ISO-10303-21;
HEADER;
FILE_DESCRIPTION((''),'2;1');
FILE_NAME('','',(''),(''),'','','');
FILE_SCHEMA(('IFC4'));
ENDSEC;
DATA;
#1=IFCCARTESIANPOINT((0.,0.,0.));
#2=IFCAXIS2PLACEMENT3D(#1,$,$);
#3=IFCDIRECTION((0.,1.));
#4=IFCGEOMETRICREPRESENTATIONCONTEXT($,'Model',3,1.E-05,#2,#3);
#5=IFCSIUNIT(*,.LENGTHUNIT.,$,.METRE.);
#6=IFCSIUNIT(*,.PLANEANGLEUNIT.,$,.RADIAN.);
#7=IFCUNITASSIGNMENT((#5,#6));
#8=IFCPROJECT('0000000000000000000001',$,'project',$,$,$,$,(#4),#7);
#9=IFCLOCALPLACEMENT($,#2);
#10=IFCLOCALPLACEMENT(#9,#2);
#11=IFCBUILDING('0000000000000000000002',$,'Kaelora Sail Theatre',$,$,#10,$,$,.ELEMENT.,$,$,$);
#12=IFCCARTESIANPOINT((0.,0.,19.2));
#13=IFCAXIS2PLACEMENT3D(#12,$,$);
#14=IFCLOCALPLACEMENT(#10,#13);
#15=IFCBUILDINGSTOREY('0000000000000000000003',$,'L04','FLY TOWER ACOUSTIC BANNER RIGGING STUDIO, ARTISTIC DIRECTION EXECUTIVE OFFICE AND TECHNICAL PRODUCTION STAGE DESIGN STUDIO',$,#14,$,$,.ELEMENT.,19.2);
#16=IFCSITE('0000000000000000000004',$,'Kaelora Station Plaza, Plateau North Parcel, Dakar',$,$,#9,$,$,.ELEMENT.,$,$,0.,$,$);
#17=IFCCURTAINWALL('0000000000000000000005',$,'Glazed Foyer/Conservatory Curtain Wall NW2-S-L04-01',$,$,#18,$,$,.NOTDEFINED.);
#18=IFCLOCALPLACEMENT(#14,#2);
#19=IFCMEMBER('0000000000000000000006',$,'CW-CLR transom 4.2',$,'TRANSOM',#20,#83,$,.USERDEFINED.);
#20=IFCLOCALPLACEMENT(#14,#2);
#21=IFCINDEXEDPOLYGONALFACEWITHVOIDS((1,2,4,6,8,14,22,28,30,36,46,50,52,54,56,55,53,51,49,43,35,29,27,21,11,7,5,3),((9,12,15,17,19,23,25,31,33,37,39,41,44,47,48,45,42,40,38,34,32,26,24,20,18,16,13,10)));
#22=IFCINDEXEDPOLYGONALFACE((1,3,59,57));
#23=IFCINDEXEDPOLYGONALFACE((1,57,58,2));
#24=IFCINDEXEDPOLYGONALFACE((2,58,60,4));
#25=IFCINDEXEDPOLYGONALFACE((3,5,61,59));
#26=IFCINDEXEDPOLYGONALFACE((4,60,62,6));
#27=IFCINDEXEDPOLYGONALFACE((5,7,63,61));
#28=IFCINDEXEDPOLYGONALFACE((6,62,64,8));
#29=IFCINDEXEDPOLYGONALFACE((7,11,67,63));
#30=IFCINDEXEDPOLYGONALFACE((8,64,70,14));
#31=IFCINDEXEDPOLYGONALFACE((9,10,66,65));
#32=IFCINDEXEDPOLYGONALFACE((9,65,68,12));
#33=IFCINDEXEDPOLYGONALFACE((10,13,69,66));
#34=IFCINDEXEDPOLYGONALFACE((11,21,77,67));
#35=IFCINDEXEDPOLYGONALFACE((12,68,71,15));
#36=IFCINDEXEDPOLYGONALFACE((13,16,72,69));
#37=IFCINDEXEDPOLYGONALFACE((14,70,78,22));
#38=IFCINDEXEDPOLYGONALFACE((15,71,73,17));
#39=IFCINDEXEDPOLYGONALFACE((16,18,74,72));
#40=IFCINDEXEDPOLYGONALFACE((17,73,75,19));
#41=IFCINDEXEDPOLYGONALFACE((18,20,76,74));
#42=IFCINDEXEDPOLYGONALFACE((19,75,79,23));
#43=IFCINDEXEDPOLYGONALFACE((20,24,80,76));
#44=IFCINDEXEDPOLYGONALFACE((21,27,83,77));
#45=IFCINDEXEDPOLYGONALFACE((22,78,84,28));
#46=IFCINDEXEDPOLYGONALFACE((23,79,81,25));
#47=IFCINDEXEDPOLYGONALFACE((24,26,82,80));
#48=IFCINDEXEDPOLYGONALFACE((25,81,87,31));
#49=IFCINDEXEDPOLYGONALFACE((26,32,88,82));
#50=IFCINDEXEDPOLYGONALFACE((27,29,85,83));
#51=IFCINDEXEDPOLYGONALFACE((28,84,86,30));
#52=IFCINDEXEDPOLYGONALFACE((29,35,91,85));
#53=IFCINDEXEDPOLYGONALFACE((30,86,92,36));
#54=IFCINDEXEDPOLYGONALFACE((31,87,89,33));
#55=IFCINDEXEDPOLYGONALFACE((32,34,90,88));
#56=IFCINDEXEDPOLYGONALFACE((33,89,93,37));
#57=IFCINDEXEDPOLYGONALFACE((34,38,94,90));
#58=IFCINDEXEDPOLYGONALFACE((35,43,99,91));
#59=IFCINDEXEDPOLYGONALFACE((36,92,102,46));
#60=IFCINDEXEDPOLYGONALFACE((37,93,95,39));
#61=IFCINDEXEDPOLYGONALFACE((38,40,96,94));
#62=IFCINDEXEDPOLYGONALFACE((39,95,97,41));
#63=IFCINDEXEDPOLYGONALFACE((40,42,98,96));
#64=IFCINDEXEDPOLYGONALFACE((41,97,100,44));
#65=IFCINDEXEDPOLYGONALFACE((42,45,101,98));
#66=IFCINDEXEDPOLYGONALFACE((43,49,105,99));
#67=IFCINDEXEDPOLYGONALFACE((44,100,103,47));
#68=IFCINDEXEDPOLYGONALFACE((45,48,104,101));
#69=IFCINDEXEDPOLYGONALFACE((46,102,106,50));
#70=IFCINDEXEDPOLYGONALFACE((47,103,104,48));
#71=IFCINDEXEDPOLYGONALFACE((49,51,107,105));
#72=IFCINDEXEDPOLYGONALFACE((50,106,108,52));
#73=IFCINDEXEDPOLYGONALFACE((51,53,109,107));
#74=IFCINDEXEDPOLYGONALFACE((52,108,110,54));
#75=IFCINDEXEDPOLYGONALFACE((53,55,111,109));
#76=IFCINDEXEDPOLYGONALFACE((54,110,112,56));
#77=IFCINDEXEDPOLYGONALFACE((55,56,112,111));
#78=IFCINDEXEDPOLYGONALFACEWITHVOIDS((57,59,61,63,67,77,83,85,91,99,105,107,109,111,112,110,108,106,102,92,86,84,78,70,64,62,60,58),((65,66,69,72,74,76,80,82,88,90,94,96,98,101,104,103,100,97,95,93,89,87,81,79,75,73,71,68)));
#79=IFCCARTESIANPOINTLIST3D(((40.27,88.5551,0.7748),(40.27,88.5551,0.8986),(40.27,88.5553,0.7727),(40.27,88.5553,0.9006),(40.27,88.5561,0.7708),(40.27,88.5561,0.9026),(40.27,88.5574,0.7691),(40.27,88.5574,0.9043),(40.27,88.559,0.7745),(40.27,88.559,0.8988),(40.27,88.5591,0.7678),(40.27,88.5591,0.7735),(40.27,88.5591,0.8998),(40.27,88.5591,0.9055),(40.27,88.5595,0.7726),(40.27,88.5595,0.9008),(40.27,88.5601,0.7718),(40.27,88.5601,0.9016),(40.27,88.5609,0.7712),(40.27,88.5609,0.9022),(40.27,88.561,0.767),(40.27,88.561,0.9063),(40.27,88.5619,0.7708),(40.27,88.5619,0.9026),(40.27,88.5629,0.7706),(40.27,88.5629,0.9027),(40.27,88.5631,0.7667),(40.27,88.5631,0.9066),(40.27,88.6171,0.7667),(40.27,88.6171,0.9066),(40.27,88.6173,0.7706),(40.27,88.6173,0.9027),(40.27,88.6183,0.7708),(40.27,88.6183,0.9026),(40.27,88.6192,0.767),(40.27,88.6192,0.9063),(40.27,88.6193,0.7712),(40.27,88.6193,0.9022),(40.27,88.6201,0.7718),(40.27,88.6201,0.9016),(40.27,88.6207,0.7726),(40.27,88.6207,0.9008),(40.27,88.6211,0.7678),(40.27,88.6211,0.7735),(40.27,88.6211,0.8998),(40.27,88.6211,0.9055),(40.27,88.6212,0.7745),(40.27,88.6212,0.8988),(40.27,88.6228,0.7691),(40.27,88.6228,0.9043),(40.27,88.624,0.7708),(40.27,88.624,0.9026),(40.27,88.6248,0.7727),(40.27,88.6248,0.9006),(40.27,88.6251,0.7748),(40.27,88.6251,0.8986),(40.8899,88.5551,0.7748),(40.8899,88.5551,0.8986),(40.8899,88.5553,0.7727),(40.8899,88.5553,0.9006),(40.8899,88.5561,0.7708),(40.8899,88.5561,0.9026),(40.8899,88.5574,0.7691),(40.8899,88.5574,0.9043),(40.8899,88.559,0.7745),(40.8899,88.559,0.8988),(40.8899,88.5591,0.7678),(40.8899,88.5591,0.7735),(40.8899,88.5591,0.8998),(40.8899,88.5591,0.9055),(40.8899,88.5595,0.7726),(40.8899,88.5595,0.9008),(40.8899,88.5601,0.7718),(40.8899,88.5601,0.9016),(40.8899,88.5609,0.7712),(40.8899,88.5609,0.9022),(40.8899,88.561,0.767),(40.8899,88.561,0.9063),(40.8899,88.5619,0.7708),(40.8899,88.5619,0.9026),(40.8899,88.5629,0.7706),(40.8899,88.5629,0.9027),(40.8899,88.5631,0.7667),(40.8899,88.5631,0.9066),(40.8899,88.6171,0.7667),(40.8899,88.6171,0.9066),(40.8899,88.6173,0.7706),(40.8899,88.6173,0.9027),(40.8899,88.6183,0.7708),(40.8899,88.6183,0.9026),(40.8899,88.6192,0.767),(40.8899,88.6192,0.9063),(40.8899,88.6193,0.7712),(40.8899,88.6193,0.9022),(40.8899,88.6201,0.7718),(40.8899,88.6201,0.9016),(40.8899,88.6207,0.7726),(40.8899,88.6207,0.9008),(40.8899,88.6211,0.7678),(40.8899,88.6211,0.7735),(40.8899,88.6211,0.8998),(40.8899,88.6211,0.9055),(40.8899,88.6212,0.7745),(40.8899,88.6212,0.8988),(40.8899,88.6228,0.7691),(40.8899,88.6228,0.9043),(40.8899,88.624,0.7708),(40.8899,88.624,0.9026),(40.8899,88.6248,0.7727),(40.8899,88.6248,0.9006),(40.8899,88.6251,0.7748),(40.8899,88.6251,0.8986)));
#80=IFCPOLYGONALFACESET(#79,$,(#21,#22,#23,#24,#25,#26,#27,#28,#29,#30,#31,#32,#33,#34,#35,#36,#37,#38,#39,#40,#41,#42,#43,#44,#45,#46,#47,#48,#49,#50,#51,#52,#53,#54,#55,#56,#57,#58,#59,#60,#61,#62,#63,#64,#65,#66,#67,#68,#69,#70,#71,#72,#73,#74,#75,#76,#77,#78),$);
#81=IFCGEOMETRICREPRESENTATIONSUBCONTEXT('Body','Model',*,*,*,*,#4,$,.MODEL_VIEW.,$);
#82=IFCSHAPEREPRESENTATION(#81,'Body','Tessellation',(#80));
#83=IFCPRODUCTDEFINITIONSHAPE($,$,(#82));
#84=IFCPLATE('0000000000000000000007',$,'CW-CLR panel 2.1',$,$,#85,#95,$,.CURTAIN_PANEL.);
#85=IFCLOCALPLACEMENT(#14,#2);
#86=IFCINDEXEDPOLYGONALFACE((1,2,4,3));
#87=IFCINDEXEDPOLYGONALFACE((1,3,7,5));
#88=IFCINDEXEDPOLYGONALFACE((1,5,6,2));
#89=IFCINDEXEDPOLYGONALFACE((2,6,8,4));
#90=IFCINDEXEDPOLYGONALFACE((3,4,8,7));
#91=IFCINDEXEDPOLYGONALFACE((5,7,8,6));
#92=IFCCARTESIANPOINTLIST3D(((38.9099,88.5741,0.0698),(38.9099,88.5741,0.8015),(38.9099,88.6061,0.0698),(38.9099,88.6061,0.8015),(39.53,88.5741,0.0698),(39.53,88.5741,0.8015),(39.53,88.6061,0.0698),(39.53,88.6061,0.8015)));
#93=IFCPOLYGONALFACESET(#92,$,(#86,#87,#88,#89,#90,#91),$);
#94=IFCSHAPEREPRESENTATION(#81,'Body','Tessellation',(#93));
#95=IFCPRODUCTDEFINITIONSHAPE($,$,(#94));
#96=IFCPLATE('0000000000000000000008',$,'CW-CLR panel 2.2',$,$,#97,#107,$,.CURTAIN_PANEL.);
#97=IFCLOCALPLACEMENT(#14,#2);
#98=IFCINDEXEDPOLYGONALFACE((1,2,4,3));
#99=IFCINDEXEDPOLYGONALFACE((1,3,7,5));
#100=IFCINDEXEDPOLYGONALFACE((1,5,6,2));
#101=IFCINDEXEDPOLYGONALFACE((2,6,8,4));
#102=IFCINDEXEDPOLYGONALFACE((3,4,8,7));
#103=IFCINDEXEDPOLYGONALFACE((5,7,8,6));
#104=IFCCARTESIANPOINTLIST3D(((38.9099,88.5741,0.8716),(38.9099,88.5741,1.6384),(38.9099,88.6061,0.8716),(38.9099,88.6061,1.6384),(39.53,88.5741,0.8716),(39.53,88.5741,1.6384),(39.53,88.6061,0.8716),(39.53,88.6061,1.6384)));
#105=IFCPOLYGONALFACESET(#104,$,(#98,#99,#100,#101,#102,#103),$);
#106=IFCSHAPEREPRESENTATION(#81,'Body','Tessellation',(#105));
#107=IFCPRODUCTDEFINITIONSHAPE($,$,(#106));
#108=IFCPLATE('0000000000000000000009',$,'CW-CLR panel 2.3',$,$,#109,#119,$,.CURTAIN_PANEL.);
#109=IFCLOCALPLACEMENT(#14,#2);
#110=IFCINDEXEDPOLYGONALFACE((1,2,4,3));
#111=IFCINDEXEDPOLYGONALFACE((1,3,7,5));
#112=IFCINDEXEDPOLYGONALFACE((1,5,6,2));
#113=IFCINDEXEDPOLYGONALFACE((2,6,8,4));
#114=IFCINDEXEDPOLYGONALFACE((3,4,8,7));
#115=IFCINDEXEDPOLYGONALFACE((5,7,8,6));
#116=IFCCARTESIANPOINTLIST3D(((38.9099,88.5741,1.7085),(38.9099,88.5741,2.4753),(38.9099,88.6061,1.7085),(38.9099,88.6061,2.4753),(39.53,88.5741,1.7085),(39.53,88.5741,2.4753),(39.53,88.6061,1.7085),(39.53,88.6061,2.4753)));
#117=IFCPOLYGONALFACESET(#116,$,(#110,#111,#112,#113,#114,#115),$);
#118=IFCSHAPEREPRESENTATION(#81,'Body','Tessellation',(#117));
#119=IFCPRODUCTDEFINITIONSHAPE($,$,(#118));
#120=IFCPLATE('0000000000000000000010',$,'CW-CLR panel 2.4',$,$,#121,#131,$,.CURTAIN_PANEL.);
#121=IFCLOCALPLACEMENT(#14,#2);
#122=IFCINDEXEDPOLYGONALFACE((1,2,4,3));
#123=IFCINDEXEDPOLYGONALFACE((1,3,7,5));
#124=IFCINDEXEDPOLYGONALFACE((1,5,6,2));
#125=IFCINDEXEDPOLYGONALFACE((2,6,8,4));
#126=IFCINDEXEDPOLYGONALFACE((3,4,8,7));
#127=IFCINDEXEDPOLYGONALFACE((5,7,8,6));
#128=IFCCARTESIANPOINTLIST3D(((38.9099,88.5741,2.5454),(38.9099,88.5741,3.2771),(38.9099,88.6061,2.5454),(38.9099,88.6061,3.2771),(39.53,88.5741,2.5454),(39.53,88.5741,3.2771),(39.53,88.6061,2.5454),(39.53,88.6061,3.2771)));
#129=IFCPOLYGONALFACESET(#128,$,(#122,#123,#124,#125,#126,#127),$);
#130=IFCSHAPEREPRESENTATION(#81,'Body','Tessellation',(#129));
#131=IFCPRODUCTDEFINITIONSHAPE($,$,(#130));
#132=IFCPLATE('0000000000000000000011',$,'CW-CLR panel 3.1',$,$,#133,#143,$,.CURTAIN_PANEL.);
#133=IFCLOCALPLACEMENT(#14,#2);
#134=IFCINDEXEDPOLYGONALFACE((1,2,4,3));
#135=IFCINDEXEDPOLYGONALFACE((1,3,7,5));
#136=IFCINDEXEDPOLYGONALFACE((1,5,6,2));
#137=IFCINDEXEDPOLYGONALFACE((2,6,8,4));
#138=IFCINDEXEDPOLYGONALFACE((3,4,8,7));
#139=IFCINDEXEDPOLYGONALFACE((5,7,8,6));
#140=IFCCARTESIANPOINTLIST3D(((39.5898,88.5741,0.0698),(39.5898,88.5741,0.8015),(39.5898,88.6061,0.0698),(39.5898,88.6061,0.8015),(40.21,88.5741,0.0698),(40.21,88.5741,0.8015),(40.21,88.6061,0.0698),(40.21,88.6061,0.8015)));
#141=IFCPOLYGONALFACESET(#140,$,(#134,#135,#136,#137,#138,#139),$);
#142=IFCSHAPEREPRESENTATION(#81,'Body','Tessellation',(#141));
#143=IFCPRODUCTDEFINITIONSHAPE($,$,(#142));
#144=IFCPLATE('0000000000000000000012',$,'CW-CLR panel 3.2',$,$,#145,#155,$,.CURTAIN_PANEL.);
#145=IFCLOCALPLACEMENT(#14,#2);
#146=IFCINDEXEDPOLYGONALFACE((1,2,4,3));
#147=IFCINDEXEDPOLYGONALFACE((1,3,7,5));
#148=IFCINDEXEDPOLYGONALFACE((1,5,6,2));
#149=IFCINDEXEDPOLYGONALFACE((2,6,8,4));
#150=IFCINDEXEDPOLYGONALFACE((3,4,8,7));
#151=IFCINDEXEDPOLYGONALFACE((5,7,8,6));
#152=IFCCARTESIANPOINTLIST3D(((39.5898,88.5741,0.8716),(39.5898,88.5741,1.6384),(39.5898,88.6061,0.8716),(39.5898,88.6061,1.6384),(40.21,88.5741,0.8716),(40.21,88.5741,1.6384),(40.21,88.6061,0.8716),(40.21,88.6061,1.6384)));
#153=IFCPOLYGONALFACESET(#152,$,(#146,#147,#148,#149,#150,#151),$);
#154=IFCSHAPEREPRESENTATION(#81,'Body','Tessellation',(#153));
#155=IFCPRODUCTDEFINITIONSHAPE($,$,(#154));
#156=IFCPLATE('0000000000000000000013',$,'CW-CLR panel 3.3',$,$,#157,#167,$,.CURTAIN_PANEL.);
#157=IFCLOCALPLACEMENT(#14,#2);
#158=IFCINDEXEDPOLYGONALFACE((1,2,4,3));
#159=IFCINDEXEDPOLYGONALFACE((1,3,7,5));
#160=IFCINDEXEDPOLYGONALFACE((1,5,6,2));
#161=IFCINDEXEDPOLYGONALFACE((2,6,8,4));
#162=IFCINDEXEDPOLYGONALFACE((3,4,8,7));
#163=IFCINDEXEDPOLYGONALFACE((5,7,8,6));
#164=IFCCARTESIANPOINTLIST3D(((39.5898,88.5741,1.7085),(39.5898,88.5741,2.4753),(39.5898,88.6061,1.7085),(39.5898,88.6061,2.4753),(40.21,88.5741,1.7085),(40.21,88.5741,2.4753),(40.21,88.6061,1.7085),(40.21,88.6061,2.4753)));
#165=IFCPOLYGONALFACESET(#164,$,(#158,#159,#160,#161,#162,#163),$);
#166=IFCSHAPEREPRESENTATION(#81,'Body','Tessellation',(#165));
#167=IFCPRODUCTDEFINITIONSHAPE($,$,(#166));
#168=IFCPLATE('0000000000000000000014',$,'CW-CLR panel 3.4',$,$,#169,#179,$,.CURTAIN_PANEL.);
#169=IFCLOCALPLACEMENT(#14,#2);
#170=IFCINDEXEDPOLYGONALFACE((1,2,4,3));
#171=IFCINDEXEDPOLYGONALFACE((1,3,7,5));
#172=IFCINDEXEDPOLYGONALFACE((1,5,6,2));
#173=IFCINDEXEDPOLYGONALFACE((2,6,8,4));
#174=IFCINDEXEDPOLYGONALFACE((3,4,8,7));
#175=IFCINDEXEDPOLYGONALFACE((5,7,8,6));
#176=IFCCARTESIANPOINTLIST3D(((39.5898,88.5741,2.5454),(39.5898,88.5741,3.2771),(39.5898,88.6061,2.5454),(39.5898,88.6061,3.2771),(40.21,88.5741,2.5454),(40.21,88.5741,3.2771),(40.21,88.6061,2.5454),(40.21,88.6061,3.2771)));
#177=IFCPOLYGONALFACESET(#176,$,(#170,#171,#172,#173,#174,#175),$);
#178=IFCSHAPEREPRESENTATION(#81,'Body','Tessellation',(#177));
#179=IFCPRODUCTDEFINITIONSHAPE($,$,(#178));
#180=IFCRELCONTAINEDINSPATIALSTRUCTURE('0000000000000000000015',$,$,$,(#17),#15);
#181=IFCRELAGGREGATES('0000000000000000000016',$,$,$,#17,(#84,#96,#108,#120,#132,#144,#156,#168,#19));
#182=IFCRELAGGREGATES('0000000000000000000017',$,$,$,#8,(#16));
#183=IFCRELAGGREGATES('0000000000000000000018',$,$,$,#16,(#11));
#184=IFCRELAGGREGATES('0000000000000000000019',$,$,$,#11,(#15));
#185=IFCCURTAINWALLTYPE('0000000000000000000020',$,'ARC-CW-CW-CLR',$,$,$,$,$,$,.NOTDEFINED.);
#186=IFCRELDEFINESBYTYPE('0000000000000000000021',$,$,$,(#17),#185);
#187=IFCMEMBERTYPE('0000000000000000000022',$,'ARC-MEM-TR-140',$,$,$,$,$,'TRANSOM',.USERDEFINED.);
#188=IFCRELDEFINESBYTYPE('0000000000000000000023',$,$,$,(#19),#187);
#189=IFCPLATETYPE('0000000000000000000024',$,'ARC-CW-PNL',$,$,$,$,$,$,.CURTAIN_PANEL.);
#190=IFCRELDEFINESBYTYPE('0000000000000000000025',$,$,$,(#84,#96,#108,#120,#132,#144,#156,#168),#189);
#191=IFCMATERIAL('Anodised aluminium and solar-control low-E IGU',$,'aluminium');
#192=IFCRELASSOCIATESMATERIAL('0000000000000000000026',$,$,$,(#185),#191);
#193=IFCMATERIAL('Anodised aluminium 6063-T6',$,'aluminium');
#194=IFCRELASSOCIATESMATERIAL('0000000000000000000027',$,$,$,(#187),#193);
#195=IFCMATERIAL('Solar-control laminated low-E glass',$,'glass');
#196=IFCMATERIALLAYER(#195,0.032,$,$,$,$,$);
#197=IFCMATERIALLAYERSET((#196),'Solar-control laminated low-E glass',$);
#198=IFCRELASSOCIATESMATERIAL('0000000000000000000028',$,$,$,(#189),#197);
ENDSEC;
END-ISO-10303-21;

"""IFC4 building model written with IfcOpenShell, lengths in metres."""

from ifc_helpers import new_model, si_unit, direction, frame, origin, origin_2d, place, context, subcontext, project, spatial, rectangle, hollow_rectangle, extrude, material, layer, layer_set, material_profile, profile_set, type_object, element, aggregate, save


model = new_model("IFC4")

# Units and contexts
model_context = context("Model", 3, precision=1e-05, world=origin(), true_north=direction((0.0, 1.0)))
body_context = subcontext(model_context, "Body", "Model", "MODEL_VIEW")
ifc_project = project(units=[si_unit("LENGTHUNIT", "METRE"), si_unit("PLANEANGLEUNIT", "RADIAN")], contexts=[model_context])

# Site, building, storey
site_placement = place(None, origin())
site = spatial("IfcSite", under=ifc_project, at=site_placement, Name="Kaelora Station Plaza, Plateau North Parcel, Dakar", CompositionType="ELEMENT", RefElevation=0.0)
building_placement = place(site_placement, origin())
building = spatial("IfcBuilding", under=site, at=building_placement, Name="Kaelora Sail Theatre", CompositionType="ELEMENT")
storey_placement = place(building_placement, frame((0.0, 0.0, 19.2)))
storey = spatial("IfcBuildingStorey", under=building, at=storey_placement, Name="L04", Description="FLY TOWER ACOUSTIC BANNER RIGGING STUDIO, ARTISTIC DIRECTION EXECUTIVE OFFICE AND TECHNICAL PRODUCTION STAGE DESIGN STUDIO", CompositionType="ELEMENT", Elevation=19.2)

# Curtain wall, member, plates
ifc_material_1 = material(Name="Anodised aluminium and solar-control low-E IGU", Category="aluminium")
curtain_wall_type = type_object("IfcCurtainWallType", Name="ARC-CW-CW-CLR", PredefinedType="NOTDEFINED", material=ifc_material_1)
curtain_wall_placement = place(storey_placement, origin())
curtain_wall = element("IfcCurtainWall", 1, at=curtain_wall_placement, inside=storey, type_object=curtain_wall_type, Name="Glazed Foyer/Conservatory Curtain Wall NW2-S-L04-01", PredefinedType="NOTDEFINED")
ifc_material_2 = material(Name="Anodised aluminium 6063-T6", Category="aluminium")
ifc_material_profile_1 = material_profile(ifc_material_2, hollow_rectangle(XDim=0.0701, YDim=0.1399, WallThickness=0.0039, InnerFilletRadius=0.0039, OuterFilletRadius=0.0081, at=origin_2d()), Name="ALU-TRAN 70x140x4")
ifc_profile_set_1 = profile_set([ifc_material_profile_1], Name="Anodised aluminium 6063-T6")
member_type_1 = type_object("IfcMemberType", Name="ARC-MEM-TR-140", ElementType="TRANSOM", PredefinedType="USERDEFINED", material=ifc_profile_set_1)
member_1_placement = place(storey_placement, frame((40.27, 88.5901, 0.8367), z_axis=(1.0, 0.0, 0.0), x_axis=(0.0, 1.0, 0.0)))
member_1 = element("IfcMember", 2, at=member_1_placement, type_object=member_type_1, Name="CW-CLR transom 4.2", ObjectType="TRANSOM", PredefinedType="USERDEFINED", context=body_context, shape_type="SweptSolid", body=[
    extrude(hollow_rectangle(XDim=0.0701, YDim=0.1399, WallThickness=0.0039, InnerFilletRadius=0.0039, OuterFilletRadius=0.0081, at=origin_2d()), origin(), (0.0, 0.0, 1.0), 0.6199),
])
ifc_material_3 = material(Name="Solar-control laminated low-E glass", Category="glass")
ifc_layer = layer(ifc_material_3, 0.032)
ifc_layer_set = layer_set([ifc_layer], Name="Solar-control laminated low-E glass")
plate_type = type_object("IfcPlateType", Name="ARC-CW-PNL", PredefinedType="CURTAIN_PANEL", material=ifc_layer_set)
plate_1_placement = place(storey_placement, frame((39.22, 88.5901, 0.0698), z_axis=(0.0, 0.0, 1.0), x_axis=(1.0, 0.0, 0.0)))
plate_1 = element("IfcPlate", 3, at=plate_1_placement, type_object=plate_type, Name="CW-CLR panel 2.1", PredefinedType="CURTAIN_PANEL", context=body_context, shape_type="SweptSolid", body=[
    extrude(rectangle(XDim=0.6201, YDim=0.032, at=origin_2d()), origin(), (0.0, 0.0, 1.0), 0.7317),
])
plate_2_placement = place(storey_placement, frame((39.22, 88.5901, 0.8716), z_axis=(0.0, 0.0, 1.0), x_axis=(1.0, 0.0, 0.0)))
plate_2 = element("IfcPlate", 4, at=plate_2_placement, type_object=plate_type, Name="CW-CLR panel 2.2", PredefinedType="CURTAIN_PANEL", context=body_context, shape_type="SweptSolid", body=[
    extrude(rectangle(XDim=0.6201, YDim=0.032, at=origin_2d()), origin(), (0.0, 0.0, 1.0), 0.7668),
])
plate_3_placement = place(storey_placement, frame((39.22, 88.5901, 1.7085), z_axis=(0.0, 0.0, 1.0), x_axis=(1.0, 0.0, 0.0)))
plate_3 = element("IfcPlate", 5, at=plate_3_placement, type_object=plate_type, Name="CW-CLR panel 2.3", PredefinedType="CURTAIN_PANEL", context=body_context, shape_type="SweptSolid", body=[
    extrude(rectangle(XDim=0.6201, YDim=0.032, at=origin_2d()), origin(), (0.0, 0.0, 1.0), 0.7668),
])
plate_4_placement = place(storey_placement, frame((39.22, 88.5901, 2.5454), z_axis=(0.0, 0.0, 1.0), x_axis=(1.0, 0.0, 0.0)))
plate_4 = element("IfcPlate", 6, at=plate_4_placement, type_object=plate_type, Name="CW-CLR panel 2.4", PredefinedType="CURTAIN_PANEL", context=body_context, shape_type="SweptSolid", body=[
    extrude(rectangle(XDim=0.6201, YDim=0.032, at=origin_2d()), origin(), (0.0, 0.0, 1.0), 0.7317),
])
plate_5_placement = place(storey_placement, frame((39.8999, 88.5901, 0.0698), z_axis=(0.0, 0.0, 1.0), x_axis=(1.0, 0.0, 0.0)))
plate_5 = element("IfcPlate", 7, at=plate_5_placement, type_object=plate_type, Name="CW-CLR panel 3.1", PredefinedType="CURTAIN_PANEL", context=body_context, shape_type="SweptSolid", body=[
    extrude(rectangle(XDim=0.6201, YDim=0.032, at=origin_2d()), origin(), (0.0, 0.0, 1.0), 0.7317),
])
plate_6_placement = place(storey_placement, frame((39.8999, 88.5901, 0.8716), z_axis=(0.0, 0.0, 1.0), x_axis=(1.0, 0.0, 0.0)))
plate_6 = element("IfcPlate", 8, at=plate_6_placement, type_object=plate_type, Name="CW-CLR panel 3.2", PredefinedType="CURTAIN_PANEL", context=body_context, shape_type="SweptSolid", body=[
    extrude(rectangle(XDim=0.6201, YDim=0.032, at=origin_2d()), origin(), (0.0, 0.0, 1.0), 0.7668),
])
plate_7_placement = place(storey_placement, frame((39.8999, 88.5901, 1.7085), z_axis=(0.0, 0.0, 1.0), x_axis=(1.0, 0.0, 0.0)))
plate_7 = element("IfcPlate", 9, at=plate_7_placement, type_object=plate_type, Name="CW-CLR panel 3.3", PredefinedType="CURTAIN_PANEL", context=body_context, shape_type="SweptSolid", body=[
    extrude(rectangle(XDim=0.6201, YDim=0.032, at=origin_2d()), origin(), (0.0, 0.0, 1.0), 0.7668),
])
plate_8_placement = place(storey_placement, frame((39.8999, 88.5901, 2.5454), z_axis=(0.0, 0.0, 1.0), x_axis=(1.0, 0.0, 0.0)))
plate_8 = element("IfcPlate", 10, at=plate_8_placement, type_object=plate_type, Name="CW-CLR panel 3.4", PredefinedType="CURTAIN_PANEL", context=body_context, shape_type="SweptSolid", body=[
    extrude(rectangle(XDim=0.6201, YDim=0.032, at=origin_2d()), origin(), (0.0, 0.0, 1.0), 0.7317),
])
aggregate(curtain_wall, [plate_1, plate_2, plate_3, plate_4, plate_5, plate_6, plate_7, plate_8, member_1])

save(model, "model.ifc")
